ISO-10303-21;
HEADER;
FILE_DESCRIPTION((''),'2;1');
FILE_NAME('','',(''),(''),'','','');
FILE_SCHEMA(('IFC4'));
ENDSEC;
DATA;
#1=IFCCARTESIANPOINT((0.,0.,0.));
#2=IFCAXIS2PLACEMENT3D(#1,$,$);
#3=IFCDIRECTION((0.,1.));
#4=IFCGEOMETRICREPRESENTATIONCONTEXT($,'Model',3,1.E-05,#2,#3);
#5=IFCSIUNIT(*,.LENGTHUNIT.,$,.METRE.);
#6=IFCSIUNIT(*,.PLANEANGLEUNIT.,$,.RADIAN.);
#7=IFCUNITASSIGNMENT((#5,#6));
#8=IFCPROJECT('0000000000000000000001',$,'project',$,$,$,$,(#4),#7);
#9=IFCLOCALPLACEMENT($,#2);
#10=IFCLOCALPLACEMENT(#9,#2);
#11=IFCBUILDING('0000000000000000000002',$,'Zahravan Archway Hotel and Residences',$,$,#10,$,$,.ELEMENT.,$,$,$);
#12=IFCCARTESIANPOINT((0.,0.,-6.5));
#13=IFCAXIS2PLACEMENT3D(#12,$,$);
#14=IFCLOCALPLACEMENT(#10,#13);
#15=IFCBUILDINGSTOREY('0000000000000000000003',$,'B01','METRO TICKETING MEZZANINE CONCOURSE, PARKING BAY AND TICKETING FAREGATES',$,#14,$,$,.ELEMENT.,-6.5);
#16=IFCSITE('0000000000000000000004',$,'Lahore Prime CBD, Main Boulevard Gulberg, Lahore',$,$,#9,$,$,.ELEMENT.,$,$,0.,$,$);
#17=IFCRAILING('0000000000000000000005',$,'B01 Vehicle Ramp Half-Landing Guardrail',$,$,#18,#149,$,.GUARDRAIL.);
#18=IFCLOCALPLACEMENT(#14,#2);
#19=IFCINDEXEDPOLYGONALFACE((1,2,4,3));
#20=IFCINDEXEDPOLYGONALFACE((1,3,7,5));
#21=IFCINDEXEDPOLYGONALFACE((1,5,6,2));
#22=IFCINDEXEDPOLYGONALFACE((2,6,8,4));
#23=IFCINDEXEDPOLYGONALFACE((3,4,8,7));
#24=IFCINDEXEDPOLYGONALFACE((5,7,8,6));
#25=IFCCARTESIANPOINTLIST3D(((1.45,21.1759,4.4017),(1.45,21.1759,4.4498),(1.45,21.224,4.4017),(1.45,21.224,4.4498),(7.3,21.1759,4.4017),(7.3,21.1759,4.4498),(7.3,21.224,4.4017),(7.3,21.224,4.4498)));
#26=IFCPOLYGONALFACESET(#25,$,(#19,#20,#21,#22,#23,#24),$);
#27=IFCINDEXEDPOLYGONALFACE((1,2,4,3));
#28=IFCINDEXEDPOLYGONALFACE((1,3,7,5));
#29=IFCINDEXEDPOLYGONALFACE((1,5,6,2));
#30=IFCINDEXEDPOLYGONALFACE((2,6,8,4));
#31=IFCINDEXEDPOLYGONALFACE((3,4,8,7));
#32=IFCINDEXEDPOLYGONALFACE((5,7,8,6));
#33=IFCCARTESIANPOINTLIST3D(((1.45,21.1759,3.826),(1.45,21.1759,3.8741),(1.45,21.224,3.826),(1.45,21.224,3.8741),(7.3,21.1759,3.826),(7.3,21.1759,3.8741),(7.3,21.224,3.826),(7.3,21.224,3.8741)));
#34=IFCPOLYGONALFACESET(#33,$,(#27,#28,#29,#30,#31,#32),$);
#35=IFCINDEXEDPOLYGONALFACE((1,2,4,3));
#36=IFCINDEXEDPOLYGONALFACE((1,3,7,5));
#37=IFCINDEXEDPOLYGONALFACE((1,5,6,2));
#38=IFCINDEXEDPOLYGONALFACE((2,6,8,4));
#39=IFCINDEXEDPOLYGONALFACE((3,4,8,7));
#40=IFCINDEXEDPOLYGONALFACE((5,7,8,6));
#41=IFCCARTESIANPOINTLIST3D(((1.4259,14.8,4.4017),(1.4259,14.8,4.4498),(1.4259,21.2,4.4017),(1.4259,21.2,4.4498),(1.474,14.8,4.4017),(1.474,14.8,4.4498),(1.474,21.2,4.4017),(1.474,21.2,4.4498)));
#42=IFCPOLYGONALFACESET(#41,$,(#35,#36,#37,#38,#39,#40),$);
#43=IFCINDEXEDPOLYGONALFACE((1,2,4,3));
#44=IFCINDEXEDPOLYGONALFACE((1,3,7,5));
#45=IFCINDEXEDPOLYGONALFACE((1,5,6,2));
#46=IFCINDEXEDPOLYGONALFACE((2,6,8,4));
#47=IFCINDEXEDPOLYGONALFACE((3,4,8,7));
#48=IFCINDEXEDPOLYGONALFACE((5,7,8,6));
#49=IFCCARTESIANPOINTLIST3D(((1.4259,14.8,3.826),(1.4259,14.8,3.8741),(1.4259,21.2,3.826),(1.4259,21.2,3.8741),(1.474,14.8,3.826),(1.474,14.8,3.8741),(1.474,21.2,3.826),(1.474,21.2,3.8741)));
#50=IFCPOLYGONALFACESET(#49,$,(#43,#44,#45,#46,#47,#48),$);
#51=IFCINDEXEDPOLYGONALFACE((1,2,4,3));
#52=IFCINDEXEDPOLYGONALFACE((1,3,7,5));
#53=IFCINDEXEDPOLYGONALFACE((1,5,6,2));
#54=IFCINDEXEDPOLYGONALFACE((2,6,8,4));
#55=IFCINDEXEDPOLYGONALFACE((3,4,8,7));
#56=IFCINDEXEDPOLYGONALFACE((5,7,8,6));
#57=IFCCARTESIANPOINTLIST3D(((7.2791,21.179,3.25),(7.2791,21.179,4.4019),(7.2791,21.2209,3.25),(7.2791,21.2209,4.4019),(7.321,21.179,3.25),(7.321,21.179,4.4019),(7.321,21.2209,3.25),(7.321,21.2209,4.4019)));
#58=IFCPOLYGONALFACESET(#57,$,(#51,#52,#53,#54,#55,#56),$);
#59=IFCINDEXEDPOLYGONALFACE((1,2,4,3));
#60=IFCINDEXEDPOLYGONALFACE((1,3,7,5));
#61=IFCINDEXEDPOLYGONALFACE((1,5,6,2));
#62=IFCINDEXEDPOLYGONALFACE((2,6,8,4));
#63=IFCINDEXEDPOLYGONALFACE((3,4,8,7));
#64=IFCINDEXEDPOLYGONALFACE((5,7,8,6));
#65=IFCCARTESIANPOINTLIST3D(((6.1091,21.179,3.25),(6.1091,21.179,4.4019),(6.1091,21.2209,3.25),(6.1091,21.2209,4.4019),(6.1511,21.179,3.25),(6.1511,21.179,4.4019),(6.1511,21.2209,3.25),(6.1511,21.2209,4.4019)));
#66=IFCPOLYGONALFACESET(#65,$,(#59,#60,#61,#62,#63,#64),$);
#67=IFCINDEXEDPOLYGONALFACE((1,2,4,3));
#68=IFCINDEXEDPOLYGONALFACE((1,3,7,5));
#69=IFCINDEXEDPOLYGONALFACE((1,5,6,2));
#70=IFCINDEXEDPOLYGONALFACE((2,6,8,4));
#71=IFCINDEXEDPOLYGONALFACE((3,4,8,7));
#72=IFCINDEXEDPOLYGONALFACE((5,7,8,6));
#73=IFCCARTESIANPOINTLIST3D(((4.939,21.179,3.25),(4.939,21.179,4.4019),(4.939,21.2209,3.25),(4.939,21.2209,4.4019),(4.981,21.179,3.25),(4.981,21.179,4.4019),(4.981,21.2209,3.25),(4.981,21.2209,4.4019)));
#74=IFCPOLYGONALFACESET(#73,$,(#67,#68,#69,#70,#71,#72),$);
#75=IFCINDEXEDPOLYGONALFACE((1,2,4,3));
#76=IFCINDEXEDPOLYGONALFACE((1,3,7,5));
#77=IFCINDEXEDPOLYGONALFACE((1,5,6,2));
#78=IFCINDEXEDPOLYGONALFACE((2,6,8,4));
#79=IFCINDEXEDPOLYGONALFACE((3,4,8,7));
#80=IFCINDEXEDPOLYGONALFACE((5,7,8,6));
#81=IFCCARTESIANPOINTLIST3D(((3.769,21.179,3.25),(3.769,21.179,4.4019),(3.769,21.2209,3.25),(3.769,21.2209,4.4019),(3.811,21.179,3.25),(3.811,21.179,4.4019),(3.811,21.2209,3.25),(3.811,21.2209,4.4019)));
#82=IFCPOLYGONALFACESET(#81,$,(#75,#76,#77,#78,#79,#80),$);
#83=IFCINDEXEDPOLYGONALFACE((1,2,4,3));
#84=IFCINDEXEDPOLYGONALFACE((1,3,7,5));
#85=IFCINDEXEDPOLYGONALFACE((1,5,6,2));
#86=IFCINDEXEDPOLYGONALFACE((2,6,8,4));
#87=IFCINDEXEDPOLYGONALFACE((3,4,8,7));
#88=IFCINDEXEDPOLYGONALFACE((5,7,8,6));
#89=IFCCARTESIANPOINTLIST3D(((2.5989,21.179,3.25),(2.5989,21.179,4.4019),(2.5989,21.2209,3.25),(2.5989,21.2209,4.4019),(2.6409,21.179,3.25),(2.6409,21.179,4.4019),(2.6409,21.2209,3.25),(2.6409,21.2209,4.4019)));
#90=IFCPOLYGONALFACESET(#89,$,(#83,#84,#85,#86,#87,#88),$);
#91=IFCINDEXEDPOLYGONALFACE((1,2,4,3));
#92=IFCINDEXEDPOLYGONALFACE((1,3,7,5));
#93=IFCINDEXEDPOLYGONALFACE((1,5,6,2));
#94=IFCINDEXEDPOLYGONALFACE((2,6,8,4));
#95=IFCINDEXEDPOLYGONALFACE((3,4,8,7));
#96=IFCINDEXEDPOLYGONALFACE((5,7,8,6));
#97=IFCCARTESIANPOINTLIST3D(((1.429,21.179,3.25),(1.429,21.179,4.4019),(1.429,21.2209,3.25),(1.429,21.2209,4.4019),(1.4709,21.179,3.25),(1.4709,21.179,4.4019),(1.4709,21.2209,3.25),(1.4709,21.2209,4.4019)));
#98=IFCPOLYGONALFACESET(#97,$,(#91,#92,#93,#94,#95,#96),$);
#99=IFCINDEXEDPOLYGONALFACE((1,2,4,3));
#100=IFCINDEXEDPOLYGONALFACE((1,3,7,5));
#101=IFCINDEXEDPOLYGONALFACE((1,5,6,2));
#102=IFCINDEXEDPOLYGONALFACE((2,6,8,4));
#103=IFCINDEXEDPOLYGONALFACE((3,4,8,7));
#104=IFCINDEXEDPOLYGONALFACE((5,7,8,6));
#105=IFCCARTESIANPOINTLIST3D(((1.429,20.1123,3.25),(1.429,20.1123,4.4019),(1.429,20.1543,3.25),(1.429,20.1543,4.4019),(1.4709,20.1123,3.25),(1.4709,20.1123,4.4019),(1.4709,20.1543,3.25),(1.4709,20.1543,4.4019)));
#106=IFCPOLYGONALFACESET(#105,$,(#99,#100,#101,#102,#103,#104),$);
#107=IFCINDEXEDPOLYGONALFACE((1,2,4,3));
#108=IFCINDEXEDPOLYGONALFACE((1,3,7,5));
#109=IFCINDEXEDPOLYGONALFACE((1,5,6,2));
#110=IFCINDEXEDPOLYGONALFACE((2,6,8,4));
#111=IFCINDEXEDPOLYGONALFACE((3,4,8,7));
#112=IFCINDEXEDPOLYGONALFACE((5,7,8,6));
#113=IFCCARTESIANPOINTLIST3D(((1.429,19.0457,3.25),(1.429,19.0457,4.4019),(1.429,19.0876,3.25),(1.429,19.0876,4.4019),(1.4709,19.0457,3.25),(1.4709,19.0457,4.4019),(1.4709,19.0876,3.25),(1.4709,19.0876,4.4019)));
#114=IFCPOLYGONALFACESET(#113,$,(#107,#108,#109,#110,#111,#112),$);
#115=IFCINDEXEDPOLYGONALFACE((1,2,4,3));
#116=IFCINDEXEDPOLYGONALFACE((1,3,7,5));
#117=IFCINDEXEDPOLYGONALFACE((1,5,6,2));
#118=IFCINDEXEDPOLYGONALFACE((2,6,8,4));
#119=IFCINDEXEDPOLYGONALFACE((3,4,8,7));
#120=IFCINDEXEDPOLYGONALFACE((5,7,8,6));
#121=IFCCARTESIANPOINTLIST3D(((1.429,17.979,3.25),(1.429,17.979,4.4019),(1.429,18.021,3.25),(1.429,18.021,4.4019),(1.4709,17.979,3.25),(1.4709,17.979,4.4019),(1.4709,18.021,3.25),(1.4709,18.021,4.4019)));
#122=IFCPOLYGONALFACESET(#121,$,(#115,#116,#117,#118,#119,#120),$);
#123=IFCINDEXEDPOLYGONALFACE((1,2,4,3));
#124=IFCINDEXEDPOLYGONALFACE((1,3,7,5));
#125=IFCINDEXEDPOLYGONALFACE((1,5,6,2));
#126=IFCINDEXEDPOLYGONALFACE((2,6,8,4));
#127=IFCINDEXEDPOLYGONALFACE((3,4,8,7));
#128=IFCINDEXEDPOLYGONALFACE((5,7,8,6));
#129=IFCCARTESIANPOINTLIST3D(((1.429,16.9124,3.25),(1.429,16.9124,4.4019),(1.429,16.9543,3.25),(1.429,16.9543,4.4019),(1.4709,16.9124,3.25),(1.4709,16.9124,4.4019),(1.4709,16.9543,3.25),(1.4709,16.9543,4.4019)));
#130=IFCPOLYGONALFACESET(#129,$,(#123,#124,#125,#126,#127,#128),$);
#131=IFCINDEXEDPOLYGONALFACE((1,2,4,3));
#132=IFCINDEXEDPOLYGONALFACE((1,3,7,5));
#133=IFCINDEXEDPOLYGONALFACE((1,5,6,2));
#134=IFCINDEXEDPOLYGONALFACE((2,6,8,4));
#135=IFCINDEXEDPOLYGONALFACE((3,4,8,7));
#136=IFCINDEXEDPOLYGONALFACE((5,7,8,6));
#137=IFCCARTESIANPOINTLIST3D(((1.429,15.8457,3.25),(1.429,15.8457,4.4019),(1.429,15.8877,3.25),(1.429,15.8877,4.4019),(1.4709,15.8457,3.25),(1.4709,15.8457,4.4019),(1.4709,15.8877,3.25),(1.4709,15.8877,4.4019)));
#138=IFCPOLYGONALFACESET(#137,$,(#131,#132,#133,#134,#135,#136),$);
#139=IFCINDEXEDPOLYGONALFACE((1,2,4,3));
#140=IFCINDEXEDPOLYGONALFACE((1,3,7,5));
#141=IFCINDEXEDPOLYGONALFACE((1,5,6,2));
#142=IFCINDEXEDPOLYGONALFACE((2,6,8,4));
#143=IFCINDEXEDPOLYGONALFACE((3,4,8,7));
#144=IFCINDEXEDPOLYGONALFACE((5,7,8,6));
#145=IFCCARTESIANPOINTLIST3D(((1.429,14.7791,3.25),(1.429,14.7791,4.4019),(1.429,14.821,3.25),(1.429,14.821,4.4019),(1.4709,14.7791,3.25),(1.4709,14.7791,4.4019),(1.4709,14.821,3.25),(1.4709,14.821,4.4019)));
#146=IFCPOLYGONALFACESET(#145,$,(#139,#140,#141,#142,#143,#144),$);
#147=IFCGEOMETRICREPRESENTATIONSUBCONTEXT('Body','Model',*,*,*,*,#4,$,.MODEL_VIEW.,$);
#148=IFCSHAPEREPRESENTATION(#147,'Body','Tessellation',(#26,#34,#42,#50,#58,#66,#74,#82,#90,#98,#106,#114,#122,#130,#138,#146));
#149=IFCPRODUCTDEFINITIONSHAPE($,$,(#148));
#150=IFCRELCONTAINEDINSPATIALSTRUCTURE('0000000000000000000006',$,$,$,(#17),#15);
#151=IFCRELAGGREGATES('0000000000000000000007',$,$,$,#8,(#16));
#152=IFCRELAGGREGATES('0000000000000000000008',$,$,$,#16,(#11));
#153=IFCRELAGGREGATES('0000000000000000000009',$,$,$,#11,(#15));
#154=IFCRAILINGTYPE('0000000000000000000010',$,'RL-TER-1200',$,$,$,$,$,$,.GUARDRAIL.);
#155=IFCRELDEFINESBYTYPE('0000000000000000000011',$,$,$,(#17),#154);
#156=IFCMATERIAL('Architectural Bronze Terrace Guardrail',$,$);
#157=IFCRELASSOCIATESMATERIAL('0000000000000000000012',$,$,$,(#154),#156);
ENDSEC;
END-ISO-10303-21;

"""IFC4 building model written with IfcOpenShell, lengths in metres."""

from ifc_helpers import new_model, si_unit, direction, frame, origin, origin_2d, place, context, subcontext, project, spatial, rectangle, extrude, material, type_object, element, save


model = new_model("IFC4")

# Units and contexts
model_context = context("Model", 3, precision=1e-05, world=origin(), true_north=direction((0.0, 1.0)))
body_context = subcontext(model_context, "Body", "Model", "MODEL_VIEW")
ifc_project = project(units=[si_unit("LENGTHUNIT", "METRE"), si_unit("PLANEANGLEUNIT", "RADIAN")], contexts=[model_context])

# Site, building, storey
site_placement = place(None, origin())
site = spatial("IfcSite", under=ifc_project, at=site_placement, Name="Lahore Prime CBD, Main Boulevard Gulberg, Lahore", CompositionType="ELEMENT", RefElevation=0.0)
building_placement = place(site_placement, origin())
building = spatial("IfcBuilding", under=site, at=building_placement, Name="Zahravan Archway Hotel and Residences", CompositionType="ELEMENT")
storey_placement = place(building_placement, frame((0.0, 0.0, -6.5)))
storey = spatial("IfcBuildingStorey", under=building, at=storey_placement, Name="B01", Description="METRO TICKETING MEZZANINE CONCOURSE, PARKING BAY AND TICKETING FAREGATES", CompositionType="ELEMENT", Elevation=-6.5)

# Railing
ifc_material_1 = material(Name="Architectural Bronze Terrace Guardrail")
railing_type = type_object("IfcRailingType", Name="RL-TER-1200", PredefinedType="GUARDRAIL", material=ifc_material_1)
railing_placement = place(storey_placement, frame((7.3, 21.2, 3.25)))
element("IfcRailing", 1, at=railing_placement, inside=storey, type_object=railing_type, Name="B01 Vehicle Ramp Half-Landing Guardrail", PredefinedType="GUARDRAIL", context=body_context, shape_type="SweptSolid", body=[
    extrude(rectangle(XDim=0.0481, YDim=0.0481, at=origin_2d()), frame((0.0, 0.0, 1.1758), z_axis=(-1.0, 0.0, 0.0), x_axis=(0.0, -1.0, 0.0)), (0.0, 0.0, 1.0), 5.8501),
    extrude(rectangle(XDim=0.0481, YDim=0.0481, at=origin_2d()), frame((0.0, 0.0, 0.6001), z_axis=(-1.0, 0.0, 0.0), x_axis=(0.0, -1.0, 0.0)), (0.0, 0.0, 1.0), 5.8501),
    extrude(rectangle(XDim=0.0481, YDim=0.0481, at=origin_2d()), frame((-5.8501, 0.0, 1.1758), z_axis=(0.0, -1.0, 0.0), x_axis=(1.0, 0.0, 0.0)), (0.0, 0.0, 1.0), 6.3999),
    extrude(rectangle(XDim=0.0481, YDim=0.0481, at=origin_2d()), frame((-5.8501, 0.0, 0.6001), z_axis=(0.0, -1.0, 0.0), x_axis=(1.0, 0.0, 0.0)), (0.0, 0.0, 1.0), 6.3999),
    extrude(rectangle(XDim=0.042, YDim=0.042, at=origin_2d()), origin(), (0.0, 0.0, 1.0), 1.1519),
    extrude(rectangle(XDim=0.042, YDim=0.042, at=origin_2d()), frame((-1.1699, 0.0, 0.0)), (0.0, 0.0, 1.0), 1.1519),
    extrude(rectangle(XDim=0.042, YDim=0.042, at=origin_2d()), frame((-2.3401, 0.0, 0.0)), (0.0, 0.0, 1.0), 1.1519),
    extrude(rectangle(XDim=0.042, YDim=0.042, at=origin_2d()), frame((-3.51, 0.0, 0.0)), (0.0, 0.0, 1.0), 1.1519),
    extrude(rectangle(XDim=0.042, YDim=0.042, at=origin_2d()), frame((-4.6802, 0.0, 0.0)), (0.0, 0.0, 1.0), 1.1519),
    extrude(rectangle(XDim=0.042, YDim=0.042, at=origin_2d()), frame((-5.8501, 0.0, 0.0)), (0.0, 0.0, 1.0), 1.1519),
    extrude(rectangle(XDim=0.042, YDim=0.042, at=origin_2d()), frame((-5.8501, -1.0667, 0.0)), (0.0, 0.0, 1.0), 1.1519),
    extrude(rectangle(XDim=0.042, YDim=0.042, at=origin_2d()), frame((-5.8501, -2.1333, 0.0)), (0.0, 0.0, 1.0), 1.1519),
    extrude(rectangle(XDim=0.042, YDim=0.042, at=origin_2d()), frame((-5.8501, -3.2, 0.0)), (0.0, 0.0, 1.0), 1.1519),
    extrude(rectangle(XDim=0.042, YDim=0.042, at=origin_2d()), frame((-5.8501, -4.2666, 0.0)), (0.0, 0.0, 1.0), 1.1519),
    extrude(rectangle(XDim=0.042, YDim=0.042, at=origin_2d()), frame((-5.8501, -5.3333, 0.0)), (0.0, 0.0, 1.0), 1.1519),
    extrude(rectangle(XDim=0.042, YDim=0.042, at=origin_2d()), frame((-5.8501, -6.3999, 0.0)), (0.0, 0.0, 1.0), 1.1519),
])

save(model, "model.ifc")
